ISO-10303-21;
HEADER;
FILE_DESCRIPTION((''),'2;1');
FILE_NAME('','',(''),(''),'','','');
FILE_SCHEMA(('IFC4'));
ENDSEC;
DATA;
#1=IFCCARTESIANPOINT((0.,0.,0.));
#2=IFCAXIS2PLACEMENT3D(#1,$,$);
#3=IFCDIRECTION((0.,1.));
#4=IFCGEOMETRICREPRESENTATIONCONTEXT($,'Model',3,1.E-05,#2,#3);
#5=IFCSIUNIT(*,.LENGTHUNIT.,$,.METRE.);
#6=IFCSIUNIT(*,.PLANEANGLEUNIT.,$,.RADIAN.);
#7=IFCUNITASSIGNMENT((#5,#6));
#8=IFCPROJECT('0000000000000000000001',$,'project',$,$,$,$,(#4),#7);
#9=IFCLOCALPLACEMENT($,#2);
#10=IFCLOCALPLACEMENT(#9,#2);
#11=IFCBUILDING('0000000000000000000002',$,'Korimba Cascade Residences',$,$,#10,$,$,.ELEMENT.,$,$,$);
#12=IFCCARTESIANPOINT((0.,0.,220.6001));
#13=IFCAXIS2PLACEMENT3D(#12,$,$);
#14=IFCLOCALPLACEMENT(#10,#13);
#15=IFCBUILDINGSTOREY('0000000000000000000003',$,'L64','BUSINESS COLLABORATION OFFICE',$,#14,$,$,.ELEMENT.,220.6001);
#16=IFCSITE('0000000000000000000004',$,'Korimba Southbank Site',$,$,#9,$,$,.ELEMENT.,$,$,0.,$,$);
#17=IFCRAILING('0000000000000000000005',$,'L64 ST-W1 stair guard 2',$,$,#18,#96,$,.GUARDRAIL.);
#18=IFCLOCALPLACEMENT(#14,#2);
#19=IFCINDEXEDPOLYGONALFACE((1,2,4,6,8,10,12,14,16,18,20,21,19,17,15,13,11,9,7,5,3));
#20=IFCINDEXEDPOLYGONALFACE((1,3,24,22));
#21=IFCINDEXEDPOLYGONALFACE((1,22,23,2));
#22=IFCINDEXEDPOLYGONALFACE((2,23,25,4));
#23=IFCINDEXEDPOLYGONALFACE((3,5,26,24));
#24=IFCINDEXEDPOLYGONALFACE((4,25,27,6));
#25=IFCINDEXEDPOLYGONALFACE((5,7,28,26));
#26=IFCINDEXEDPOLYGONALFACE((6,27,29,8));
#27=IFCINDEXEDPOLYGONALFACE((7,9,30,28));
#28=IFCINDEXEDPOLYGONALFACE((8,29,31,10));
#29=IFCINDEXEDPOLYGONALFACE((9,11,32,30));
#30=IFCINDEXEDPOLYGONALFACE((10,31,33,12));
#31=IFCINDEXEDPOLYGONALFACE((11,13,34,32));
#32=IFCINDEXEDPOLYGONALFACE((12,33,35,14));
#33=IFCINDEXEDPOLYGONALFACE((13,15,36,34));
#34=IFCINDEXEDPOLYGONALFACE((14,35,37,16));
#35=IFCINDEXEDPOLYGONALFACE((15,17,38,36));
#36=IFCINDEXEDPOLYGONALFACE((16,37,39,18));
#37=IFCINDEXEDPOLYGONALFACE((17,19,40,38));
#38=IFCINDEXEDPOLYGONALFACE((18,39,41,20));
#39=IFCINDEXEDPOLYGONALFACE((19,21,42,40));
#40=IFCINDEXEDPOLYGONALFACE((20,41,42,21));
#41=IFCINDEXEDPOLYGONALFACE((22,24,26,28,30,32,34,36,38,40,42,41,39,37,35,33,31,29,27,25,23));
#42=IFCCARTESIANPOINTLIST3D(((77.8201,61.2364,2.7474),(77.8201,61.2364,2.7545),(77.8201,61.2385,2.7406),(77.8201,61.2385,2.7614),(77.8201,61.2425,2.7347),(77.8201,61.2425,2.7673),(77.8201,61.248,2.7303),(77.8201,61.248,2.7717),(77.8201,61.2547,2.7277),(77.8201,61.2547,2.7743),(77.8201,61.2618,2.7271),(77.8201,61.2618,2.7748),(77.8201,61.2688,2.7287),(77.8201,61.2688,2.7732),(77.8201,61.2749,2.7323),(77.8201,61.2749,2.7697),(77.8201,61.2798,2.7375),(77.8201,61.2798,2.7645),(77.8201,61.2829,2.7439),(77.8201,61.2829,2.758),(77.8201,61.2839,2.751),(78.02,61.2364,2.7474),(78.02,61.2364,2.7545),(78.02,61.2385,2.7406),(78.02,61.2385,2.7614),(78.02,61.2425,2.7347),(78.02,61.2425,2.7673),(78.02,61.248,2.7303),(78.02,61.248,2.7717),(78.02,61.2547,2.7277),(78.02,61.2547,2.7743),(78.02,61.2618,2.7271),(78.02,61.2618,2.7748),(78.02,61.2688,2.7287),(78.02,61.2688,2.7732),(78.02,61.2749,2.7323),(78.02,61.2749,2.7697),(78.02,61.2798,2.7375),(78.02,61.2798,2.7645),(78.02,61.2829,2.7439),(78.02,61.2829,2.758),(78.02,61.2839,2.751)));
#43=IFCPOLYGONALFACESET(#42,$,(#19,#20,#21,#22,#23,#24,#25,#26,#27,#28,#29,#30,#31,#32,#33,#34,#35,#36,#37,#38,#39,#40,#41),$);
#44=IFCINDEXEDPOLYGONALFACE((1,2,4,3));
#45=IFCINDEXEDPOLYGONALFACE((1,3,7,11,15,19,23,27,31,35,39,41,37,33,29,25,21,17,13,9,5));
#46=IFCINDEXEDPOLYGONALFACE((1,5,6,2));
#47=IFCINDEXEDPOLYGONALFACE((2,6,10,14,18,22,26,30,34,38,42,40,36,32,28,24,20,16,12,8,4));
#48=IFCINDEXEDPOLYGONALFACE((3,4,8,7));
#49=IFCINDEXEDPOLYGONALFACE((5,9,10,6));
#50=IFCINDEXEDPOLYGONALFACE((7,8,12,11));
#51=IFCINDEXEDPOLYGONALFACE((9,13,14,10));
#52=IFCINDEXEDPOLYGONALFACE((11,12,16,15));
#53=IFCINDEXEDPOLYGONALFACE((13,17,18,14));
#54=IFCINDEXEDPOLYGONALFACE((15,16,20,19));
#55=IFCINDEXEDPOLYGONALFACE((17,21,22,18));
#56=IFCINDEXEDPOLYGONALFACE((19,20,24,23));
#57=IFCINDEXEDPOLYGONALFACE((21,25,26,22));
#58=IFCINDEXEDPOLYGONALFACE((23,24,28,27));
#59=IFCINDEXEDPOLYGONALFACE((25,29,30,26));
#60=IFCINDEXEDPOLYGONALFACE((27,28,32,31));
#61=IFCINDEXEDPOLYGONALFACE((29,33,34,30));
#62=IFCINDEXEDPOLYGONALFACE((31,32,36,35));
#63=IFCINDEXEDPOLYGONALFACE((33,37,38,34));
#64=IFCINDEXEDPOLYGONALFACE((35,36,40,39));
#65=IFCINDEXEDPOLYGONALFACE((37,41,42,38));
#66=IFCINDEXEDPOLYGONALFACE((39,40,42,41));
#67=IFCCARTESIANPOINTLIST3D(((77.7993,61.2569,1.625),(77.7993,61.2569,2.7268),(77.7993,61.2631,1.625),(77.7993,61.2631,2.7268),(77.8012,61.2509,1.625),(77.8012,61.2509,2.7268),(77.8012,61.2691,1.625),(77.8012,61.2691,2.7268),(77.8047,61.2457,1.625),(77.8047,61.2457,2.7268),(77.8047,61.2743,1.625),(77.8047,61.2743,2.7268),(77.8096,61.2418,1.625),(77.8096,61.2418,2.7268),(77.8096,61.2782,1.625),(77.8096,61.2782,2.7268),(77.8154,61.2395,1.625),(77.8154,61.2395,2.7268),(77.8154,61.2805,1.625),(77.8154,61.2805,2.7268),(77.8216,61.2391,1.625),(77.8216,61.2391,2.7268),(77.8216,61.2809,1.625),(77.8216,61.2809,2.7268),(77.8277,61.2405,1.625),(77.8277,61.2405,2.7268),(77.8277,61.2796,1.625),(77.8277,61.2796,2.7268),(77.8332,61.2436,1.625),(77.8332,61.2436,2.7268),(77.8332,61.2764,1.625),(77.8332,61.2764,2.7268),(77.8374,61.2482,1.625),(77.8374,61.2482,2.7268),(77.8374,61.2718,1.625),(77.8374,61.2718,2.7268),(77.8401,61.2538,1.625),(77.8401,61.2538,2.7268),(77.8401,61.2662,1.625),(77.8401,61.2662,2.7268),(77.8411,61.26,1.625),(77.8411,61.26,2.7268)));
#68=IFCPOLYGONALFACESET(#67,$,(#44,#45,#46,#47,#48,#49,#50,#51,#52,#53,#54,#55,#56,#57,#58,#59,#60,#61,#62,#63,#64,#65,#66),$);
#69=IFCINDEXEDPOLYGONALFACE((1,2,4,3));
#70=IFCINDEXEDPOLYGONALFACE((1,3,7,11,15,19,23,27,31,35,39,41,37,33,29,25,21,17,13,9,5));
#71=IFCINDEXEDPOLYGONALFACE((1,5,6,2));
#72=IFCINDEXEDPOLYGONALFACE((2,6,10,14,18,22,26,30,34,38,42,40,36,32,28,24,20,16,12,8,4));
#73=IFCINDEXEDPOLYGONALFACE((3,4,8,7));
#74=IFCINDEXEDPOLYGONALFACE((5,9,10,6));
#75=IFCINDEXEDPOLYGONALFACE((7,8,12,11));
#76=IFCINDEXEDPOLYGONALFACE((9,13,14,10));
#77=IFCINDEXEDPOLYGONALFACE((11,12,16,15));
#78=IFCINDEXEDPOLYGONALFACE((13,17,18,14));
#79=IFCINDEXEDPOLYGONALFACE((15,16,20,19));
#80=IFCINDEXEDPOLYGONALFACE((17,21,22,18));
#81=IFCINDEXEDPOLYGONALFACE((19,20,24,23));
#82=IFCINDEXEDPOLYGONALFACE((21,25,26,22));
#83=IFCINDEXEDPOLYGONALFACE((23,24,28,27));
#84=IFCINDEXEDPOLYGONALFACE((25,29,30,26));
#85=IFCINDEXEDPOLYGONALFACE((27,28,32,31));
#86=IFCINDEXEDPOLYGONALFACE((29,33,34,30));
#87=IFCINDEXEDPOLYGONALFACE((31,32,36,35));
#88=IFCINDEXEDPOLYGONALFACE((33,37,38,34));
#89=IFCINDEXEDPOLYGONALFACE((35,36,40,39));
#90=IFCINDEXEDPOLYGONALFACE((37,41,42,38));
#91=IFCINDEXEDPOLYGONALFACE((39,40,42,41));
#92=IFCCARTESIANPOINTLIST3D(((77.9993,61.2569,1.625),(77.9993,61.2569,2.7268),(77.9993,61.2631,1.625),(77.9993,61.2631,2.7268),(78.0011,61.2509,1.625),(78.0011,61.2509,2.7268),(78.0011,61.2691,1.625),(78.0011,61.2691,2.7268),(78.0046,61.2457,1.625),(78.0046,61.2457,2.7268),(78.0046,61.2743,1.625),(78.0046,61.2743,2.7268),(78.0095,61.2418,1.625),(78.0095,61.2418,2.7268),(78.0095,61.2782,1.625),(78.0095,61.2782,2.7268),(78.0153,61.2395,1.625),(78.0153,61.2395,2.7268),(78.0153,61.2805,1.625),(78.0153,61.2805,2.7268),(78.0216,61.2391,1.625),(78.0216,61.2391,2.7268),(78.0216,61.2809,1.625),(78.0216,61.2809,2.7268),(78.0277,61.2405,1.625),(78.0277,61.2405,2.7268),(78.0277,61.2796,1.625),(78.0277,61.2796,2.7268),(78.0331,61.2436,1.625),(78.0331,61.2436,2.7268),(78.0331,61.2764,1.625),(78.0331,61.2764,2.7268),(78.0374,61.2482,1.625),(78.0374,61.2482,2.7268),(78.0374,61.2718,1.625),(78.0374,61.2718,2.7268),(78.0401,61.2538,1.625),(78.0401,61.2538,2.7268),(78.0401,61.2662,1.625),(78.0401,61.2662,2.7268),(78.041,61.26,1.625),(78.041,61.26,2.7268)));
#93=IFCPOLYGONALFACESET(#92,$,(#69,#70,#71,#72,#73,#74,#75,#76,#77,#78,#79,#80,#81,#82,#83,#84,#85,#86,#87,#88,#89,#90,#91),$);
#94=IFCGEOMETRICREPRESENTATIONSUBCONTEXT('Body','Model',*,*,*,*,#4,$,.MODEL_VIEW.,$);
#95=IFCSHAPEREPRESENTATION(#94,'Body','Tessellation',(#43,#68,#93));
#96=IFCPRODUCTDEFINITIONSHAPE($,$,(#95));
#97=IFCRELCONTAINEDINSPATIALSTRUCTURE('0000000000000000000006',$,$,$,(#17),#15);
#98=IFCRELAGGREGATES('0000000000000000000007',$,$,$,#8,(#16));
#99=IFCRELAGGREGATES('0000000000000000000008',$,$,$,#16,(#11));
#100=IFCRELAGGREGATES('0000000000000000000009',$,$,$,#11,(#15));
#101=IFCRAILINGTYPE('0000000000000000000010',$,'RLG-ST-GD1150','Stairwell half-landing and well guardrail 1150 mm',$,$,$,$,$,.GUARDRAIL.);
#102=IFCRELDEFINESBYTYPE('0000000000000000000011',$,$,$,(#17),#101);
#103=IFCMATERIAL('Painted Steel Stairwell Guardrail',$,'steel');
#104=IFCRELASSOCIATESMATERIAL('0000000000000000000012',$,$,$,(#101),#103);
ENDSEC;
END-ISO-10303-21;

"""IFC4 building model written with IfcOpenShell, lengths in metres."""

from ifc_helpers import new_model, si_unit, direction, frame, origin, origin_2d, place, context, subcontext, project, spatial, circle, extrude, material, type_object, element, save


model = new_model("IFC4")

# Units and contexts
model_context = context("Model", 3, precision=1e-05, world=origin(), true_north=direction((0.0, 1.0)))
body_context = subcontext(model_context, "Body", "Model", "MODEL_VIEW")
ifc_project = project(units=[si_unit("LENGTHUNIT", "METRE"), si_unit("PLANEANGLEUNIT", "RADIAN")], contexts=[model_context])

# Site, building, storey
site_placement = place(None, origin())
site = spatial("IfcSite", under=ifc_project, at=site_placement, Name="Korimba Southbank Site", CompositionType="ELEMENT", RefElevation=0.0)
building_placement = place(site_placement, origin())
building = spatial("IfcBuilding", under=site, at=building_placement, Name="Korimba Cascade Residences", CompositionType="ELEMENT")
storey_placement = place(building_placement, frame((0.0, 0.0, 220.6001)))
storey = spatial("IfcBuildingStorey", under=building, at=storey_placement, Name="L64", Description="BUSINESS COLLABORATION OFFICE", CompositionType="ELEMENT", Elevation=220.6001)

# Railing
ifc_material_1 = material(Name="Painted Steel Stairwell Guardrail", Category="steel")
railing_type_1 = type_object("IfcRailingType", Name="RLG-ST-GD1150", Description="Stairwell half-landing and well guardrail 1150 mm", PredefinedType="GUARDRAIL", material=ifc_material_1)
railing_1_placement = place(storey_placement, frame((77.8201, 61.26, 1.625)))
element("IfcRailing", 1, at=railing_1_placement, inside=storey, type_object=railing_type_1, Name="L64 ST-W1 stair guard 2", PredefinedType="GUARDRAIL", context=body_context, shape_type="SweptSolid", body=[
    extrude(circle(Radius=0.0239, at=origin_2d()), frame((0.0, 0.0, 1.126), z_axis=(1.0, 0.0, 0.0), x_axis=(0.0, 1.0, 0.0)), (0.0, 0.0, 1.0), 0.2),
    extrude(circle(Radius=0.021, at=origin_2d()), origin(), (0.0, 0.0, 1.0), 1.1018),
    extrude(circle(Radius=0.021, at=origin_2d()), frame((0.2, 0.0, 0.0)), (0.0, 0.0, 1.0), 1.1018),
])

save(model, "model.ifc")
